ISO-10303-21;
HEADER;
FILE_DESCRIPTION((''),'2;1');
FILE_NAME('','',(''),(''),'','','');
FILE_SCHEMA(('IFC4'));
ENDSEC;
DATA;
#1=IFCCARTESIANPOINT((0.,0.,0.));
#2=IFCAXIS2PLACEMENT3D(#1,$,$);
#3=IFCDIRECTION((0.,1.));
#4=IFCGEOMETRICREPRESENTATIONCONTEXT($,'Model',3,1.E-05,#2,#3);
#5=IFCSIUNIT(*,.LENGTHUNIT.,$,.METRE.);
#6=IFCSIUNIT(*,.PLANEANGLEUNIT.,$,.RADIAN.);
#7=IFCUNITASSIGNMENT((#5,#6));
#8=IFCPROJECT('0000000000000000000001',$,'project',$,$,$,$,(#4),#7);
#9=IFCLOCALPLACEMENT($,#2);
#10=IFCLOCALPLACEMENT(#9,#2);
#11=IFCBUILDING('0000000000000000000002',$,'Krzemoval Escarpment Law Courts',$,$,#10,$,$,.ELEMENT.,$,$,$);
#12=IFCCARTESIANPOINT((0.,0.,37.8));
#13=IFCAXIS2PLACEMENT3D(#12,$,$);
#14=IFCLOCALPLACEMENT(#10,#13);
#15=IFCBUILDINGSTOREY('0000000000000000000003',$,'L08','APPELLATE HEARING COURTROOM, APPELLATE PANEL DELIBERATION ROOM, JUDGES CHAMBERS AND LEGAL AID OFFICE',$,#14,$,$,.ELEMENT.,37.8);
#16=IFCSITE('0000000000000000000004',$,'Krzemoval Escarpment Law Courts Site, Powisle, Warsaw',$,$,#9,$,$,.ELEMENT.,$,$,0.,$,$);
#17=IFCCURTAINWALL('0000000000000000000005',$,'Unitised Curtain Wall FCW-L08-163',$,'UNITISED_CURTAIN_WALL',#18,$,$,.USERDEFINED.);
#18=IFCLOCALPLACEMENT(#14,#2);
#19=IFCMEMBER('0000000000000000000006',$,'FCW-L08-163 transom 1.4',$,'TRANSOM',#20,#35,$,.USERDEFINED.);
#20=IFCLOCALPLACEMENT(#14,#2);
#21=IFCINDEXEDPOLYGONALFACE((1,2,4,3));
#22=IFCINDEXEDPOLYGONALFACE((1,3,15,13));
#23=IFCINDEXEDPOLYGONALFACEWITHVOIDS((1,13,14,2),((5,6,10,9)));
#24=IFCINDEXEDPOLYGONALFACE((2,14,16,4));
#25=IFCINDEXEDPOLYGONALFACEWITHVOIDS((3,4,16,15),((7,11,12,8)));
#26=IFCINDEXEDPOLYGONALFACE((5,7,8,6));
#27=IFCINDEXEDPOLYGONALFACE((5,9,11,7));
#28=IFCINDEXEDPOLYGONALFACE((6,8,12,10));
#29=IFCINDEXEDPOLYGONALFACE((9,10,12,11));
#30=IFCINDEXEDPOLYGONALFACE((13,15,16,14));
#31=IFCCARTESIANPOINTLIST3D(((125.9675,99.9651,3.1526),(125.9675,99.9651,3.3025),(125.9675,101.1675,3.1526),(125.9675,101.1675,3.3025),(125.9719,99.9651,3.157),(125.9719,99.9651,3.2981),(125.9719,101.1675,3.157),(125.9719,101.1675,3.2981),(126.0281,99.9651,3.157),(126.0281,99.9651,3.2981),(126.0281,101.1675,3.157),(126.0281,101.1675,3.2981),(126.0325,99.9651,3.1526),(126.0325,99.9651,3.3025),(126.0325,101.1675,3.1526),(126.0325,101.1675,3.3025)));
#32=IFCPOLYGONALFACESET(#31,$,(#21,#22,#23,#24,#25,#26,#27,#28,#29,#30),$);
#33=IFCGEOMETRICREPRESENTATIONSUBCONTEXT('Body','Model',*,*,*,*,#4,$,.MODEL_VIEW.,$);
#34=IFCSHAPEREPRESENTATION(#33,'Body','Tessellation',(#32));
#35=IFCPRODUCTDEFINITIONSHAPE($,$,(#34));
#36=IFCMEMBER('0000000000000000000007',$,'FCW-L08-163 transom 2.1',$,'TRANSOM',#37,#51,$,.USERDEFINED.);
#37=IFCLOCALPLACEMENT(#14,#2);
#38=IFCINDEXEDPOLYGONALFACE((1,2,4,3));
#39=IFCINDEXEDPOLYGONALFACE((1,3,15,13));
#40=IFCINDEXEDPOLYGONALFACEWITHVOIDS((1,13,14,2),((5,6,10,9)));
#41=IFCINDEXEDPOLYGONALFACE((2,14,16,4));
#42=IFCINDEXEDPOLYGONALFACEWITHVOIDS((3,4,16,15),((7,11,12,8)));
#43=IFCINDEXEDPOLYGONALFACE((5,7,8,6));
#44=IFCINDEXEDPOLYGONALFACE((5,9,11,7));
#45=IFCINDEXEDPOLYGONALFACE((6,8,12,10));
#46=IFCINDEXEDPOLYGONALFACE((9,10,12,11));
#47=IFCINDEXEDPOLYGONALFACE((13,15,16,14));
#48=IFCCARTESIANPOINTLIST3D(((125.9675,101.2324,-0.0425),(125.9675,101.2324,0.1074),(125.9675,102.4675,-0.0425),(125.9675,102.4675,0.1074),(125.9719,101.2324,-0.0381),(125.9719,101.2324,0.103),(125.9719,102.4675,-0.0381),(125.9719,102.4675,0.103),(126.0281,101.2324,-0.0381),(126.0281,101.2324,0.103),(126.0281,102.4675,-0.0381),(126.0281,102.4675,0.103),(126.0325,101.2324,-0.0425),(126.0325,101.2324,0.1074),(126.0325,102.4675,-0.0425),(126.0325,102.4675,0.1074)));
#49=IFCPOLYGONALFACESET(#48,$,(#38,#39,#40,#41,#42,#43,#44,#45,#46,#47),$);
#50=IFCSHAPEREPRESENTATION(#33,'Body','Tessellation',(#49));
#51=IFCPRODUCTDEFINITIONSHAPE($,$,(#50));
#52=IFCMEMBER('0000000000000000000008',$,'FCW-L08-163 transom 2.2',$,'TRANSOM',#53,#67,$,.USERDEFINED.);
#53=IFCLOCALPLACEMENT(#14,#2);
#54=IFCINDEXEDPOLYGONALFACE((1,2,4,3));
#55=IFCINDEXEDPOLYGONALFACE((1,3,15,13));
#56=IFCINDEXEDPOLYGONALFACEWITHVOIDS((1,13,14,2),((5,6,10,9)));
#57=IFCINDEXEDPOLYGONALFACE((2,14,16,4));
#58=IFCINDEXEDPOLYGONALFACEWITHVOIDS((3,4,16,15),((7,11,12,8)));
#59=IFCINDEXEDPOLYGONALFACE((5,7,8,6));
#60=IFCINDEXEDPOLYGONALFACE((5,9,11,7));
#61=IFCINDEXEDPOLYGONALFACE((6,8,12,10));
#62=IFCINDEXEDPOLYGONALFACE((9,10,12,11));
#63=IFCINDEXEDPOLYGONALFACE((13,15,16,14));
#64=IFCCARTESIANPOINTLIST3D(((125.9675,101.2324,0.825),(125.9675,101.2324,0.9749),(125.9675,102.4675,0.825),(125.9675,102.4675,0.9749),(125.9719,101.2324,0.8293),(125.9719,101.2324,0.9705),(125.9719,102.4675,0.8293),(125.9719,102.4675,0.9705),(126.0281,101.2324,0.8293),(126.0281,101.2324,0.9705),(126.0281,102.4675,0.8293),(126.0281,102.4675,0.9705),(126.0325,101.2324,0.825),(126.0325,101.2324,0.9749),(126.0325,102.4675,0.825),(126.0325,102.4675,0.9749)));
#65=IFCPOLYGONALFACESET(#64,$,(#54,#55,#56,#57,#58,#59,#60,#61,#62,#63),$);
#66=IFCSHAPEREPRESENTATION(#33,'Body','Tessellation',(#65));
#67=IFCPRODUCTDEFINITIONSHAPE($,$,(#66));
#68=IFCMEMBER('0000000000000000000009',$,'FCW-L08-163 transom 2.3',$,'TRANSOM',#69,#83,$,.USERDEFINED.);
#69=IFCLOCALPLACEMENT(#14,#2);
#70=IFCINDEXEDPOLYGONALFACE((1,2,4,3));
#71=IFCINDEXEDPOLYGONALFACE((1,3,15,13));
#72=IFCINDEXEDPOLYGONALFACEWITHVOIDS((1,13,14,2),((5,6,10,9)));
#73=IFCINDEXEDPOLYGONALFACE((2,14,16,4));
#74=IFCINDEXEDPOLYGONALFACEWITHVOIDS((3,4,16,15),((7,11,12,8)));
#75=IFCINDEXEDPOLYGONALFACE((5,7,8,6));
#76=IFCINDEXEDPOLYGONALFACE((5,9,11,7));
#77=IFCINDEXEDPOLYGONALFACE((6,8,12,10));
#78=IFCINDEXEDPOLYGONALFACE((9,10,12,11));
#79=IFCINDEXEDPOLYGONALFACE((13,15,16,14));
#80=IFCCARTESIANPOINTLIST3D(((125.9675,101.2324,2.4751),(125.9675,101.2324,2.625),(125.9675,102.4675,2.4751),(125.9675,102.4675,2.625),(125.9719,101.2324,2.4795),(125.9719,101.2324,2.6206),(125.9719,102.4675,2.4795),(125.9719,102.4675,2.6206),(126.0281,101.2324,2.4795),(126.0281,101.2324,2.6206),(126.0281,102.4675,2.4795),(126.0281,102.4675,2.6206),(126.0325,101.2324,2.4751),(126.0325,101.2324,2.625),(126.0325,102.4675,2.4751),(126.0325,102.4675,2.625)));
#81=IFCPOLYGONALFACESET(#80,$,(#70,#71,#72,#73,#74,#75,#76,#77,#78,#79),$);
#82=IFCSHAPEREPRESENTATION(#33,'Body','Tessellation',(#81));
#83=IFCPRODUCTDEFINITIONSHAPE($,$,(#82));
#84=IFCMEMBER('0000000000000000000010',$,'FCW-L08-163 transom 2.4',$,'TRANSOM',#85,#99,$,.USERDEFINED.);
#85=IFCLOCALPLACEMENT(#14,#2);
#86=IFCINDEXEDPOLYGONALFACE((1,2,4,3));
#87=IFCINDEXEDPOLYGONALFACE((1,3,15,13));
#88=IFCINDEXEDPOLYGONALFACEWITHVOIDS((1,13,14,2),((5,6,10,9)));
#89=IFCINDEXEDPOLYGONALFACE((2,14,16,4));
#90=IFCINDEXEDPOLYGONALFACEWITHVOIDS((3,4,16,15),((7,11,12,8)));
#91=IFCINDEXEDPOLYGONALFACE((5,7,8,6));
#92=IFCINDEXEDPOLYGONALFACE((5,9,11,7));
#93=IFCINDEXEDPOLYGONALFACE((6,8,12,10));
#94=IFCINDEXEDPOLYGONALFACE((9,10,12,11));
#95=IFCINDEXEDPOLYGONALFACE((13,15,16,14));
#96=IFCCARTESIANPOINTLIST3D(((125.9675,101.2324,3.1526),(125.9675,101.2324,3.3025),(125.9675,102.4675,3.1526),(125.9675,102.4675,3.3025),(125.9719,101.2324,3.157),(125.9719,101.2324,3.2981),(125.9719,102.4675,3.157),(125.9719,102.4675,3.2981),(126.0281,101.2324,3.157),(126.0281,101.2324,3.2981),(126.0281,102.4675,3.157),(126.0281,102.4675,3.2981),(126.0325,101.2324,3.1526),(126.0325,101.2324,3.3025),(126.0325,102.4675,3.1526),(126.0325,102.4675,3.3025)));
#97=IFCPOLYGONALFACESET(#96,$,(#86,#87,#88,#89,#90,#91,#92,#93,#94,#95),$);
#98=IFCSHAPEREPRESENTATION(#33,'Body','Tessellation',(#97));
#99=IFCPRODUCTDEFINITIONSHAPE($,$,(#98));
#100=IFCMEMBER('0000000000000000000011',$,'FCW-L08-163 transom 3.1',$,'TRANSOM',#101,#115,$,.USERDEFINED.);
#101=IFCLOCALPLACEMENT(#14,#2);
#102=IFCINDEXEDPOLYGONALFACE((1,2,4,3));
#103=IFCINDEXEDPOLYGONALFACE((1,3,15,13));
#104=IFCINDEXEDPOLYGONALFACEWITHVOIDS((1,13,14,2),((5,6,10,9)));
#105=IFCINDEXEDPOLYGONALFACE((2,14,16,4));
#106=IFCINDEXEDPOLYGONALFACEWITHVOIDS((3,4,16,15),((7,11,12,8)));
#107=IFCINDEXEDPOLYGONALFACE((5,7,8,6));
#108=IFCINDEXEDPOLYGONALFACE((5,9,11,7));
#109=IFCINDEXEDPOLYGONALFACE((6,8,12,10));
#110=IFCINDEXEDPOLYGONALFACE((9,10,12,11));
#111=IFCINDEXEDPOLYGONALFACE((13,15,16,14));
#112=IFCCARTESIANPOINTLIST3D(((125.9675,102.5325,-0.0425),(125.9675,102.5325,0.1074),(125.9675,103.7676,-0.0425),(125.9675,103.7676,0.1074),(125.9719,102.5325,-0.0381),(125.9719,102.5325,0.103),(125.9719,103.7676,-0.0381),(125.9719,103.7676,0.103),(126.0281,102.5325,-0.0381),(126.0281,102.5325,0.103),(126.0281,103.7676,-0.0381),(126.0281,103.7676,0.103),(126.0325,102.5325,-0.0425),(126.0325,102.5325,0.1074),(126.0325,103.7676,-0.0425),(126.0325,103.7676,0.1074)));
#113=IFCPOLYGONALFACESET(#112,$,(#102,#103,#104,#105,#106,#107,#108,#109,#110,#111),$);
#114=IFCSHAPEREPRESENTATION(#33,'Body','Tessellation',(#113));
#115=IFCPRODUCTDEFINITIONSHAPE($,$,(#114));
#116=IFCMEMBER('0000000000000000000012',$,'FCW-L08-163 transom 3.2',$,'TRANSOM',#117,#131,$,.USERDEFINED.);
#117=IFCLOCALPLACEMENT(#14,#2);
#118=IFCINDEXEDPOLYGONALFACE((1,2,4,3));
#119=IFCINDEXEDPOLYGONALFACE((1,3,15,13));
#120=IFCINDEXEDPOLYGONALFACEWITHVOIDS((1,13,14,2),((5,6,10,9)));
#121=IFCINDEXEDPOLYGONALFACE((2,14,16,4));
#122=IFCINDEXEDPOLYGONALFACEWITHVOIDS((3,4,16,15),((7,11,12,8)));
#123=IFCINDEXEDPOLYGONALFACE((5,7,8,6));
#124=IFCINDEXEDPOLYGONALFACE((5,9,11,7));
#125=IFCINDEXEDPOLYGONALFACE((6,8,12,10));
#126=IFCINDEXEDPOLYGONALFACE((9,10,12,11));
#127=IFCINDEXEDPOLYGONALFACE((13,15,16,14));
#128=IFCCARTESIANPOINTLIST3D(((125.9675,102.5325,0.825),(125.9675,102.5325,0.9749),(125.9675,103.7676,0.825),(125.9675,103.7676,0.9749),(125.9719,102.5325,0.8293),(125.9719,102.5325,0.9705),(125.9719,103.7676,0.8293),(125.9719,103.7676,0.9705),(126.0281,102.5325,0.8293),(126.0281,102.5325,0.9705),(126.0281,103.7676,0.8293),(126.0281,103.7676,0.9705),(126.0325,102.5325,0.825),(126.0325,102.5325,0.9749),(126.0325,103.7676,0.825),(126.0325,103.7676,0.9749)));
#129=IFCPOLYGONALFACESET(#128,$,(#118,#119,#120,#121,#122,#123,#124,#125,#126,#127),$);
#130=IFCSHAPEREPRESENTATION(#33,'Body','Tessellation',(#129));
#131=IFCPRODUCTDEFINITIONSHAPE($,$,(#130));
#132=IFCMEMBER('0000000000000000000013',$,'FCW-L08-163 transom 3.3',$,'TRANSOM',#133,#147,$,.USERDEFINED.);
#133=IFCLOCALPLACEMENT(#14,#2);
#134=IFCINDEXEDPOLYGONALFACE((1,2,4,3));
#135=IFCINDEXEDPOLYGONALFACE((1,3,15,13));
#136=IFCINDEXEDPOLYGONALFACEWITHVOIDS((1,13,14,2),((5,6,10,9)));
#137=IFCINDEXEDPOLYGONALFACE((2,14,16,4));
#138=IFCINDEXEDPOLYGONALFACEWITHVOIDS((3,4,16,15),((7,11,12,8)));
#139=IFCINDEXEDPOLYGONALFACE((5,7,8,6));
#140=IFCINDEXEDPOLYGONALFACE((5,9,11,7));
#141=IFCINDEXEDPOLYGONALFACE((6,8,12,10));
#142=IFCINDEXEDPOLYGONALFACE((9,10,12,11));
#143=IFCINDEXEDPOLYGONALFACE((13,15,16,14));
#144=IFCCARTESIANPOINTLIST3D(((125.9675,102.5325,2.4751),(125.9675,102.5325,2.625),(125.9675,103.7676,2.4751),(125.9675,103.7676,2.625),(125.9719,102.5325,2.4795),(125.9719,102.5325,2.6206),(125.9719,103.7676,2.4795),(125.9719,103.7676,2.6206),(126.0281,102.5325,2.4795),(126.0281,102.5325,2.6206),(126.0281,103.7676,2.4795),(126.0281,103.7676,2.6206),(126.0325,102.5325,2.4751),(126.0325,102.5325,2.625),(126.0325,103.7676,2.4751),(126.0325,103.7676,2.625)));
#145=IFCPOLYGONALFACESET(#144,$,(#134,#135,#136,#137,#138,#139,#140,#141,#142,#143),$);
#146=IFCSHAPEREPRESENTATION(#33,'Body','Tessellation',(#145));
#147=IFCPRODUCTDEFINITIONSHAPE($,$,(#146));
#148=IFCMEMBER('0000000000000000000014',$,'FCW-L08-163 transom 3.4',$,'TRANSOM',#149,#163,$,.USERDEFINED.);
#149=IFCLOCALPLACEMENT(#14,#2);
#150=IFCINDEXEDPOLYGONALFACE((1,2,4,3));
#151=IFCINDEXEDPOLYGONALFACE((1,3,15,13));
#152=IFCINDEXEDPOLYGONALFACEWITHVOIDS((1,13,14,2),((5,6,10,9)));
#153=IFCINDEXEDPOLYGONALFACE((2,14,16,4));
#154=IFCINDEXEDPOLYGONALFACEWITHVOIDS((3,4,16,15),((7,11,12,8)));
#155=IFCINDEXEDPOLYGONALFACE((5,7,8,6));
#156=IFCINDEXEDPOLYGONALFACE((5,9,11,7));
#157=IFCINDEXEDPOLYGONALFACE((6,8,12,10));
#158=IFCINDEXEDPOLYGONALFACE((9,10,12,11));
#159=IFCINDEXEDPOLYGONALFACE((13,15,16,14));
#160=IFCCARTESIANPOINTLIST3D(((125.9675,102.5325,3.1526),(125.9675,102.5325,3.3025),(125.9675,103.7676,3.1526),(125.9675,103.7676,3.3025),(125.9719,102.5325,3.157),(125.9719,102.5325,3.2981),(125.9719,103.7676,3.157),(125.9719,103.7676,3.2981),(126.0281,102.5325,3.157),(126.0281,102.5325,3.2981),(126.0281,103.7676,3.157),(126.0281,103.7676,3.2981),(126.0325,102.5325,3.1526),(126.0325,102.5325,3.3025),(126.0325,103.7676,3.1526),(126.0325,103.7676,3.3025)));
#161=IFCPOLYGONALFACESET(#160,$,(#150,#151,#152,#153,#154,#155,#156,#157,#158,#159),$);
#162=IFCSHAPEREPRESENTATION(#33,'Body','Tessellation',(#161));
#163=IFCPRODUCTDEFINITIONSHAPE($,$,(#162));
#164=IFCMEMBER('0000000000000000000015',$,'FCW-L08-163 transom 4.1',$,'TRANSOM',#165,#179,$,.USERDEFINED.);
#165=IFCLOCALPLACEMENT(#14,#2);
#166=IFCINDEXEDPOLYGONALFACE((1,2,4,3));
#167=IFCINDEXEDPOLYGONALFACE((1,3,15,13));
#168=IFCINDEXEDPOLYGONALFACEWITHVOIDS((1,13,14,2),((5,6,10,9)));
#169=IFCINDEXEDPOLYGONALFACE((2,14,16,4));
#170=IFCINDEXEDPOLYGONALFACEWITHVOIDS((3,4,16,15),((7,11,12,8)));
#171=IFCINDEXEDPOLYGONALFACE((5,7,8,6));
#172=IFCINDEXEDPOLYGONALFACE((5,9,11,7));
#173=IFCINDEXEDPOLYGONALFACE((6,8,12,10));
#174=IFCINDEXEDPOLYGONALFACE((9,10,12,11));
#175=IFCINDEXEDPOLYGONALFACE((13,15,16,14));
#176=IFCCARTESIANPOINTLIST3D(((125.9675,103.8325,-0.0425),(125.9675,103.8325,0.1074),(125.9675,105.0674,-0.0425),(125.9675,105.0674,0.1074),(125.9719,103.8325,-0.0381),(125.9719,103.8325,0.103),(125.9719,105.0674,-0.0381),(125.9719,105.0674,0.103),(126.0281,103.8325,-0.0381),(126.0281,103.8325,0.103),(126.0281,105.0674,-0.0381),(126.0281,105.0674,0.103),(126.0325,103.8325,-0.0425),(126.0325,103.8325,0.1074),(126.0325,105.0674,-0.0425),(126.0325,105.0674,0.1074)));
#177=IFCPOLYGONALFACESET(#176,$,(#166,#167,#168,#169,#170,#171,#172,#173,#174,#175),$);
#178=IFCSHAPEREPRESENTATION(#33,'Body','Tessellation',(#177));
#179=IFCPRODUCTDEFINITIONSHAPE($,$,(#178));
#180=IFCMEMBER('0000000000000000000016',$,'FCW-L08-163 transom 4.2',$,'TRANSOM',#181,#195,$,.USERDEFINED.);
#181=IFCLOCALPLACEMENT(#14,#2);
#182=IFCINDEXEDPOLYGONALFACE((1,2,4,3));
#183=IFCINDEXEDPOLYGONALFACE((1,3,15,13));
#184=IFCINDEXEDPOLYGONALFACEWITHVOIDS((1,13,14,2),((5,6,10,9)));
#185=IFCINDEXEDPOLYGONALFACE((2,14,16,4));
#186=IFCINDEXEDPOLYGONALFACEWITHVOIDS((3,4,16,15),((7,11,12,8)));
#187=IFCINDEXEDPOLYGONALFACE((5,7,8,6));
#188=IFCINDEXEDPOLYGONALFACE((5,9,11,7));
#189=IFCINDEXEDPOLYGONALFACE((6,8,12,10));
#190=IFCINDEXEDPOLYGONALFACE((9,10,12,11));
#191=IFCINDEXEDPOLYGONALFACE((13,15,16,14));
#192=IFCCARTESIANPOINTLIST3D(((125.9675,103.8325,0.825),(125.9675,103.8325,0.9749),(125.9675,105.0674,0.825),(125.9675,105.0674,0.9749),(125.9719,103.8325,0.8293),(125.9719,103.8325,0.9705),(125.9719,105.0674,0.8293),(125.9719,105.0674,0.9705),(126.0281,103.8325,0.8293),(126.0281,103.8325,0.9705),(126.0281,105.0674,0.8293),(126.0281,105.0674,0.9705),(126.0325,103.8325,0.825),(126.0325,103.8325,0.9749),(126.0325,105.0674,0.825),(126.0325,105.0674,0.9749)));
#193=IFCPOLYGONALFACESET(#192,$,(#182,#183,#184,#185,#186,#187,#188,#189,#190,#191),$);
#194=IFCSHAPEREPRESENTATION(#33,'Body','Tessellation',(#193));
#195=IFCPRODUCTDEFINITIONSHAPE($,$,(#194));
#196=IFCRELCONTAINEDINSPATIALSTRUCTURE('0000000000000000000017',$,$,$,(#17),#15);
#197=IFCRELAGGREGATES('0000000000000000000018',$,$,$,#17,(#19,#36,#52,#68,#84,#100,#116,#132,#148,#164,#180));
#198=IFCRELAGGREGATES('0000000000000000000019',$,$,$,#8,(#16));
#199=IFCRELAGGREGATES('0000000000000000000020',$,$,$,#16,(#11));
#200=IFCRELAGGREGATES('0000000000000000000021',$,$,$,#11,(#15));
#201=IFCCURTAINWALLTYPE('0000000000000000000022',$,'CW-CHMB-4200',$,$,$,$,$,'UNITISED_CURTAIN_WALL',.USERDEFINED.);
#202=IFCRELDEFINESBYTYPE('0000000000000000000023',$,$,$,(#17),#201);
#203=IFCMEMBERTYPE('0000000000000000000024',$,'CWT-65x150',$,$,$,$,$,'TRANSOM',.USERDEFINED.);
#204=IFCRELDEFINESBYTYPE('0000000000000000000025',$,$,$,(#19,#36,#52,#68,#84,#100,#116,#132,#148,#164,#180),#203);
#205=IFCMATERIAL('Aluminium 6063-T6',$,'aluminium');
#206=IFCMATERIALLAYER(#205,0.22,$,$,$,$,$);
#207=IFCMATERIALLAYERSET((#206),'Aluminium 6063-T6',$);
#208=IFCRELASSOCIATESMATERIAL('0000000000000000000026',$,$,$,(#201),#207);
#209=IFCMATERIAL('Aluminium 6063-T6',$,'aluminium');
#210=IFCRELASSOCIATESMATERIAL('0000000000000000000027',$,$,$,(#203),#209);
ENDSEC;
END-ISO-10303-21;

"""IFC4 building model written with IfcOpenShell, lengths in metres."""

from ifc_helpers import new_model, si_unit, direction, frame, origin, origin_2d, place, context, subcontext, project, spatial, hollow_rectangle, extrude, material, layer, layer_set, material_profile, profile_set, type_object, element, aggregate, save


model = new_model("IFC4")

# Units and contexts
model_context = context("Model", 3, precision=1e-05, world=origin(), true_north=direction((0.0, 1.0)))
body_context = subcontext(model_context, "Body", "Model", "MODEL_VIEW")
ifc_project = project(units=[si_unit("LENGTHUNIT", "METRE"), si_unit("PLANEANGLEUNIT", "RADIAN")], contexts=[model_context])

# Site, building, storey
site_placement = place(None, origin())
site = spatial("IfcSite", under=ifc_project, at=site_placement, Name="Krzemoval Escarpment Law Courts Site, Powisle, Warsaw", CompositionType="ELEMENT", RefElevation=0.0)
building_placement = place(site_placement, origin())
building = spatial("IfcBuilding", under=site, at=building_placement, Name="Krzemoval Escarpment Law Courts", CompositionType="ELEMENT")
storey_placement = place(building_placement, frame((0.0, 0.0, 37.8)))
storey = spatial("IfcBuildingStorey", under=building, at=storey_placement, Name="L08", Description="APPELLATE HEARING COURTROOM, APPELLATE PANEL DELIBERATION ROOM, JUDGES CHAMBERS AND LEGAL AID OFFICE", CompositionType="ELEMENT", Elevation=37.8)

# Curtain wall
ifc_material_1 = material(Name="Aluminium 6063-T6", Category="aluminium")
ifc_layer_1 = layer(ifc_material_1, 0.22)
ifc_layer_set_1 = layer_set([ifc_layer_1], Name="Aluminium 6063-T6")
curtain_wall_type = type_object("IfcCurtainWallType", Name="CW-CHMB-4200", ElementType="UNITISED_CURTAIN_WALL", PredefinedType="USERDEFINED", material=ifc_layer_set_1)
curtain_wall_1_placement = place(storey_placement, origin())
curtain_wall_1 = element("IfcCurtainWall", 1, at=curtain_wall_1_placement, inside=storey, type_object=curtain_wall_type, Name="Unitised Curtain Wall FCW-L08-163", ObjectType="UNITISED_CURTAIN_WALL", PredefinedType="USERDEFINED")

# Shared definitions
ifc_material_2 = material(Name="Aluminium 6063-T6", Category="aluminium")
ifc_material_profile_1 = material_profile(ifc_material_2, hollow_rectangle(XDim=0.0649, YDim=0.1499, WallThickness=0.0044, at=origin_2d()), Name="ALU T65x150")
ifc_profile_set_1 = profile_set([ifc_material_profile_1], Name="Aluminium 6063-T6")
member_type_1 = type_object("IfcMemberType", Name="CWT-65x150", ElementType="TRANSOM", PredefinedType="USERDEFINED", material=ifc_profile_set_1)

# Members
member_1_placement = place(storey_placement, frame((126.0, 99.9651, 3.2275), z_axis=(0.0, 1.0, 0.0), x_axis=(-1.0, 0.0, 0.0)))
member_1 = element("IfcMember", 2, at=member_1_placement, type_object=member_type_1, Name="FCW-L08-163 transom 1.4", ObjectType="TRANSOM", PredefinedType="USERDEFINED", context=body_context, shape_type="SweptSolid", body=[
    extrude(hollow_rectangle(XDim=0.0649, YDim=0.1499, WallThickness=0.0044, at=origin_2d()), origin(), (0.0, 0.0, 1.0), 1.2024),
])
member_2_placement = place(storey_placement, frame((126.0, 101.2324, 0.0325), z_axis=(0.0, 1.0, 0.0), x_axis=(-1.0, 0.0, 0.0)))
member_2 = element("IfcMember", 3, at=member_2_placement, type_object=member_type_1, Name="FCW-L08-163 transom 2.1", ObjectType="TRANSOM", PredefinedType="USERDEFINED", context=body_context, shape_type="SweptSolid", body=[
    extrude(hollow_rectangle(XDim=0.0649, YDim=0.1499, WallThickness=0.0044, at=origin_2d()), origin(), (0.0, 0.0, 1.0), 1.2351),
])
member_3_placement = place(storey_placement, frame((126.0, 101.2324, 0.8999), z_axis=(0.0, 1.0, 0.0), x_axis=(-1.0, 0.0, 0.0)))
member_3 = element("IfcMember", 4, at=member_3_placement, type_object=member_type_1, Name="FCW-L08-163 transom 2.2", ObjectType="TRANSOM", PredefinedType="USERDEFINED", context=body_context, shape_type="SweptSolid", body=[
    extrude(hollow_rectangle(XDim=0.0649, YDim=0.1499, WallThickness=0.0044, at=origin_2d()), origin(), (0.0, 0.0, 1.0), 1.2351),
])
member_4_placement = place(storey_placement, frame((126.0, 101.2324, 2.55), z_axis=(0.0, 1.0, 0.0), x_axis=(-1.0, 0.0, 0.0)))
member_4 = element("IfcMember", 5, at=member_4_placement, type_object=member_type_1, Name="FCW-L08-163 transom 2.3", ObjectType="TRANSOM", PredefinedType="USERDEFINED", context=body_context, shape_type="SweptSolid", body=[
    extrude(hollow_rectangle(XDim=0.0649, YDim=0.1499, WallThickness=0.0044, at=origin_2d()), origin(), (0.0, 0.0, 1.0), 1.2351),
])
member_5_placement = place(storey_placement, frame((126.0, 101.2324, 3.2275), z_axis=(0.0, 1.0, 0.0), x_axis=(-1.0, 0.0, 0.0)))
member_5 = element("IfcMember", 6, at=member_5_placement, type_object=member_type_1, Name="FCW-L08-163 transom 2.4", ObjectType="TRANSOM", PredefinedType="USERDEFINED", context=body_context, shape_type="SweptSolid", body=[
    extrude(hollow_rectangle(XDim=0.0649, YDim=0.1499, WallThickness=0.0044, at=origin_2d()), origin(), (0.0, 0.0, 1.0), 1.2351),
])
member_6_placement = place(storey_placement, frame((126.0, 102.5325, 0.0325), z_axis=(0.0, 1.0, 0.0), x_axis=(-1.0, 0.0, 0.0)))
member_6 = element("IfcMember", 7, at=member_6_placement, type_object=member_type_1, Name="FCW-L08-163 transom 3.1", ObjectType="TRANSOM", PredefinedType="USERDEFINED", context=body_context, shape_type="SweptSolid", body=[
    extrude(hollow_rectangle(XDim=0.0649, YDim=0.1499, WallThickness=0.0044, at=origin_2d()), origin(), (0.0, 0.0, 1.0), 1.2351),
])
member_7_placement = place(storey_placement, frame((126.0, 102.5325, 0.8999), z_axis=(0.0, 1.0, 0.0), x_axis=(-1.0, 0.0, 0.0)))
member_7 = element("IfcMember", 8, at=member_7_placement, type_object=member_type_1, Name="FCW-L08-163 transom 3.2", ObjectType="TRANSOM", PredefinedType="USERDEFINED", context=body_context, shape_type="SweptSolid", body=[
    extrude(hollow_rectangle(XDim=0.0649, YDim=0.1499, WallThickness=0.0044, at=origin_2d()), origin(), (0.0, 0.0, 1.0), 1.2351),
])
member_8_placement = place(storey_placement, frame((126.0, 102.5325, 2.55), z_axis=(0.0, 1.0, 0.0), x_axis=(-1.0, 0.0, 0.0)))
member_8 = element("IfcMember", 9, at=member_8_placement, type_object=member_type_1, Name="FCW-L08-163 transom 3.3", ObjectType="TRANSOM", PredefinedType="USERDEFINED", context=body_context, shape_type="SweptSolid", body=[
    extrude(hollow_rectangle(XDim=0.0649, YDim=0.1499, WallThickness=0.0044, at=origin_2d()), origin(), (0.0, 0.0, 1.0), 1.2351),
])
member_9_placement = place(storey_placement, frame((126.0, 102.5325, 3.2275), z_axis=(0.0, 1.0, 0.0), x_axis=(-1.0, 0.0, 0.0)))
member_9 = element("IfcMember", 10, at=member_9_placement, type_object=member_type_1, Name="FCW-L08-163 transom 3.4", ObjectType="TRANSOM", PredefinedType="USERDEFINED", context=body_context, shape_type="SweptSolid", body=[
    extrude(hollow_rectangle(XDim=0.0649, YDim=0.1499, WallThickness=0.0044, at=origin_2d()), origin(), (0.0, 0.0, 1.0), 1.2351),
])
member_10_placement = place(storey_placement, frame((126.0, 103.8325, 0.0325), z_axis=(0.0, 1.0, 0.0), x_axis=(-1.0, 0.0, 0.0)))
member_10 = element("IfcMember", 11, at=member_10_placement, type_object=member_type_1, Name="FCW-L08-163 transom 4.1", ObjectType="TRANSOM", PredefinedType="USERDEFINED", context=body_context, shape_type="SweptSolid", body=[
    extrude(hollow_rectangle(XDim=0.0649, YDim=0.1499, WallThickness=0.0044, at=origin_2d()), origin(), (0.0, 0.0, 1.0), 1.2349),
])
member_11_placement = place(storey_placement, frame((126.0, 103.8325, 0.8999), z_axis=(0.0, 1.0, 0.0), x_axis=(-1.0, 0.0, 0.0)))
member_11 = element("IfcMember", 12, at=member_11_placement, type_object=member_type_1, Name="FCW-L08-163 transom 4.2", ObjectType="TRANSOM", PredefinedType="USERDEFINED", context=body_context, shape_type="SweptSolid", body=[
    extrude(hollow_rectangle(XDim=0.0649, YDim=0.1499, WallThickness=0.0044, at=origin_2d()), origin(), (0.0, 0.0, 1.0), 1.2349),
])

aggregate(curtain_wall_1, [member_1, member_2, member_3, member_4, member_5, member_6, member_7, member_8, member_9, member_10, member_11])

save(model, "model.ifc")
